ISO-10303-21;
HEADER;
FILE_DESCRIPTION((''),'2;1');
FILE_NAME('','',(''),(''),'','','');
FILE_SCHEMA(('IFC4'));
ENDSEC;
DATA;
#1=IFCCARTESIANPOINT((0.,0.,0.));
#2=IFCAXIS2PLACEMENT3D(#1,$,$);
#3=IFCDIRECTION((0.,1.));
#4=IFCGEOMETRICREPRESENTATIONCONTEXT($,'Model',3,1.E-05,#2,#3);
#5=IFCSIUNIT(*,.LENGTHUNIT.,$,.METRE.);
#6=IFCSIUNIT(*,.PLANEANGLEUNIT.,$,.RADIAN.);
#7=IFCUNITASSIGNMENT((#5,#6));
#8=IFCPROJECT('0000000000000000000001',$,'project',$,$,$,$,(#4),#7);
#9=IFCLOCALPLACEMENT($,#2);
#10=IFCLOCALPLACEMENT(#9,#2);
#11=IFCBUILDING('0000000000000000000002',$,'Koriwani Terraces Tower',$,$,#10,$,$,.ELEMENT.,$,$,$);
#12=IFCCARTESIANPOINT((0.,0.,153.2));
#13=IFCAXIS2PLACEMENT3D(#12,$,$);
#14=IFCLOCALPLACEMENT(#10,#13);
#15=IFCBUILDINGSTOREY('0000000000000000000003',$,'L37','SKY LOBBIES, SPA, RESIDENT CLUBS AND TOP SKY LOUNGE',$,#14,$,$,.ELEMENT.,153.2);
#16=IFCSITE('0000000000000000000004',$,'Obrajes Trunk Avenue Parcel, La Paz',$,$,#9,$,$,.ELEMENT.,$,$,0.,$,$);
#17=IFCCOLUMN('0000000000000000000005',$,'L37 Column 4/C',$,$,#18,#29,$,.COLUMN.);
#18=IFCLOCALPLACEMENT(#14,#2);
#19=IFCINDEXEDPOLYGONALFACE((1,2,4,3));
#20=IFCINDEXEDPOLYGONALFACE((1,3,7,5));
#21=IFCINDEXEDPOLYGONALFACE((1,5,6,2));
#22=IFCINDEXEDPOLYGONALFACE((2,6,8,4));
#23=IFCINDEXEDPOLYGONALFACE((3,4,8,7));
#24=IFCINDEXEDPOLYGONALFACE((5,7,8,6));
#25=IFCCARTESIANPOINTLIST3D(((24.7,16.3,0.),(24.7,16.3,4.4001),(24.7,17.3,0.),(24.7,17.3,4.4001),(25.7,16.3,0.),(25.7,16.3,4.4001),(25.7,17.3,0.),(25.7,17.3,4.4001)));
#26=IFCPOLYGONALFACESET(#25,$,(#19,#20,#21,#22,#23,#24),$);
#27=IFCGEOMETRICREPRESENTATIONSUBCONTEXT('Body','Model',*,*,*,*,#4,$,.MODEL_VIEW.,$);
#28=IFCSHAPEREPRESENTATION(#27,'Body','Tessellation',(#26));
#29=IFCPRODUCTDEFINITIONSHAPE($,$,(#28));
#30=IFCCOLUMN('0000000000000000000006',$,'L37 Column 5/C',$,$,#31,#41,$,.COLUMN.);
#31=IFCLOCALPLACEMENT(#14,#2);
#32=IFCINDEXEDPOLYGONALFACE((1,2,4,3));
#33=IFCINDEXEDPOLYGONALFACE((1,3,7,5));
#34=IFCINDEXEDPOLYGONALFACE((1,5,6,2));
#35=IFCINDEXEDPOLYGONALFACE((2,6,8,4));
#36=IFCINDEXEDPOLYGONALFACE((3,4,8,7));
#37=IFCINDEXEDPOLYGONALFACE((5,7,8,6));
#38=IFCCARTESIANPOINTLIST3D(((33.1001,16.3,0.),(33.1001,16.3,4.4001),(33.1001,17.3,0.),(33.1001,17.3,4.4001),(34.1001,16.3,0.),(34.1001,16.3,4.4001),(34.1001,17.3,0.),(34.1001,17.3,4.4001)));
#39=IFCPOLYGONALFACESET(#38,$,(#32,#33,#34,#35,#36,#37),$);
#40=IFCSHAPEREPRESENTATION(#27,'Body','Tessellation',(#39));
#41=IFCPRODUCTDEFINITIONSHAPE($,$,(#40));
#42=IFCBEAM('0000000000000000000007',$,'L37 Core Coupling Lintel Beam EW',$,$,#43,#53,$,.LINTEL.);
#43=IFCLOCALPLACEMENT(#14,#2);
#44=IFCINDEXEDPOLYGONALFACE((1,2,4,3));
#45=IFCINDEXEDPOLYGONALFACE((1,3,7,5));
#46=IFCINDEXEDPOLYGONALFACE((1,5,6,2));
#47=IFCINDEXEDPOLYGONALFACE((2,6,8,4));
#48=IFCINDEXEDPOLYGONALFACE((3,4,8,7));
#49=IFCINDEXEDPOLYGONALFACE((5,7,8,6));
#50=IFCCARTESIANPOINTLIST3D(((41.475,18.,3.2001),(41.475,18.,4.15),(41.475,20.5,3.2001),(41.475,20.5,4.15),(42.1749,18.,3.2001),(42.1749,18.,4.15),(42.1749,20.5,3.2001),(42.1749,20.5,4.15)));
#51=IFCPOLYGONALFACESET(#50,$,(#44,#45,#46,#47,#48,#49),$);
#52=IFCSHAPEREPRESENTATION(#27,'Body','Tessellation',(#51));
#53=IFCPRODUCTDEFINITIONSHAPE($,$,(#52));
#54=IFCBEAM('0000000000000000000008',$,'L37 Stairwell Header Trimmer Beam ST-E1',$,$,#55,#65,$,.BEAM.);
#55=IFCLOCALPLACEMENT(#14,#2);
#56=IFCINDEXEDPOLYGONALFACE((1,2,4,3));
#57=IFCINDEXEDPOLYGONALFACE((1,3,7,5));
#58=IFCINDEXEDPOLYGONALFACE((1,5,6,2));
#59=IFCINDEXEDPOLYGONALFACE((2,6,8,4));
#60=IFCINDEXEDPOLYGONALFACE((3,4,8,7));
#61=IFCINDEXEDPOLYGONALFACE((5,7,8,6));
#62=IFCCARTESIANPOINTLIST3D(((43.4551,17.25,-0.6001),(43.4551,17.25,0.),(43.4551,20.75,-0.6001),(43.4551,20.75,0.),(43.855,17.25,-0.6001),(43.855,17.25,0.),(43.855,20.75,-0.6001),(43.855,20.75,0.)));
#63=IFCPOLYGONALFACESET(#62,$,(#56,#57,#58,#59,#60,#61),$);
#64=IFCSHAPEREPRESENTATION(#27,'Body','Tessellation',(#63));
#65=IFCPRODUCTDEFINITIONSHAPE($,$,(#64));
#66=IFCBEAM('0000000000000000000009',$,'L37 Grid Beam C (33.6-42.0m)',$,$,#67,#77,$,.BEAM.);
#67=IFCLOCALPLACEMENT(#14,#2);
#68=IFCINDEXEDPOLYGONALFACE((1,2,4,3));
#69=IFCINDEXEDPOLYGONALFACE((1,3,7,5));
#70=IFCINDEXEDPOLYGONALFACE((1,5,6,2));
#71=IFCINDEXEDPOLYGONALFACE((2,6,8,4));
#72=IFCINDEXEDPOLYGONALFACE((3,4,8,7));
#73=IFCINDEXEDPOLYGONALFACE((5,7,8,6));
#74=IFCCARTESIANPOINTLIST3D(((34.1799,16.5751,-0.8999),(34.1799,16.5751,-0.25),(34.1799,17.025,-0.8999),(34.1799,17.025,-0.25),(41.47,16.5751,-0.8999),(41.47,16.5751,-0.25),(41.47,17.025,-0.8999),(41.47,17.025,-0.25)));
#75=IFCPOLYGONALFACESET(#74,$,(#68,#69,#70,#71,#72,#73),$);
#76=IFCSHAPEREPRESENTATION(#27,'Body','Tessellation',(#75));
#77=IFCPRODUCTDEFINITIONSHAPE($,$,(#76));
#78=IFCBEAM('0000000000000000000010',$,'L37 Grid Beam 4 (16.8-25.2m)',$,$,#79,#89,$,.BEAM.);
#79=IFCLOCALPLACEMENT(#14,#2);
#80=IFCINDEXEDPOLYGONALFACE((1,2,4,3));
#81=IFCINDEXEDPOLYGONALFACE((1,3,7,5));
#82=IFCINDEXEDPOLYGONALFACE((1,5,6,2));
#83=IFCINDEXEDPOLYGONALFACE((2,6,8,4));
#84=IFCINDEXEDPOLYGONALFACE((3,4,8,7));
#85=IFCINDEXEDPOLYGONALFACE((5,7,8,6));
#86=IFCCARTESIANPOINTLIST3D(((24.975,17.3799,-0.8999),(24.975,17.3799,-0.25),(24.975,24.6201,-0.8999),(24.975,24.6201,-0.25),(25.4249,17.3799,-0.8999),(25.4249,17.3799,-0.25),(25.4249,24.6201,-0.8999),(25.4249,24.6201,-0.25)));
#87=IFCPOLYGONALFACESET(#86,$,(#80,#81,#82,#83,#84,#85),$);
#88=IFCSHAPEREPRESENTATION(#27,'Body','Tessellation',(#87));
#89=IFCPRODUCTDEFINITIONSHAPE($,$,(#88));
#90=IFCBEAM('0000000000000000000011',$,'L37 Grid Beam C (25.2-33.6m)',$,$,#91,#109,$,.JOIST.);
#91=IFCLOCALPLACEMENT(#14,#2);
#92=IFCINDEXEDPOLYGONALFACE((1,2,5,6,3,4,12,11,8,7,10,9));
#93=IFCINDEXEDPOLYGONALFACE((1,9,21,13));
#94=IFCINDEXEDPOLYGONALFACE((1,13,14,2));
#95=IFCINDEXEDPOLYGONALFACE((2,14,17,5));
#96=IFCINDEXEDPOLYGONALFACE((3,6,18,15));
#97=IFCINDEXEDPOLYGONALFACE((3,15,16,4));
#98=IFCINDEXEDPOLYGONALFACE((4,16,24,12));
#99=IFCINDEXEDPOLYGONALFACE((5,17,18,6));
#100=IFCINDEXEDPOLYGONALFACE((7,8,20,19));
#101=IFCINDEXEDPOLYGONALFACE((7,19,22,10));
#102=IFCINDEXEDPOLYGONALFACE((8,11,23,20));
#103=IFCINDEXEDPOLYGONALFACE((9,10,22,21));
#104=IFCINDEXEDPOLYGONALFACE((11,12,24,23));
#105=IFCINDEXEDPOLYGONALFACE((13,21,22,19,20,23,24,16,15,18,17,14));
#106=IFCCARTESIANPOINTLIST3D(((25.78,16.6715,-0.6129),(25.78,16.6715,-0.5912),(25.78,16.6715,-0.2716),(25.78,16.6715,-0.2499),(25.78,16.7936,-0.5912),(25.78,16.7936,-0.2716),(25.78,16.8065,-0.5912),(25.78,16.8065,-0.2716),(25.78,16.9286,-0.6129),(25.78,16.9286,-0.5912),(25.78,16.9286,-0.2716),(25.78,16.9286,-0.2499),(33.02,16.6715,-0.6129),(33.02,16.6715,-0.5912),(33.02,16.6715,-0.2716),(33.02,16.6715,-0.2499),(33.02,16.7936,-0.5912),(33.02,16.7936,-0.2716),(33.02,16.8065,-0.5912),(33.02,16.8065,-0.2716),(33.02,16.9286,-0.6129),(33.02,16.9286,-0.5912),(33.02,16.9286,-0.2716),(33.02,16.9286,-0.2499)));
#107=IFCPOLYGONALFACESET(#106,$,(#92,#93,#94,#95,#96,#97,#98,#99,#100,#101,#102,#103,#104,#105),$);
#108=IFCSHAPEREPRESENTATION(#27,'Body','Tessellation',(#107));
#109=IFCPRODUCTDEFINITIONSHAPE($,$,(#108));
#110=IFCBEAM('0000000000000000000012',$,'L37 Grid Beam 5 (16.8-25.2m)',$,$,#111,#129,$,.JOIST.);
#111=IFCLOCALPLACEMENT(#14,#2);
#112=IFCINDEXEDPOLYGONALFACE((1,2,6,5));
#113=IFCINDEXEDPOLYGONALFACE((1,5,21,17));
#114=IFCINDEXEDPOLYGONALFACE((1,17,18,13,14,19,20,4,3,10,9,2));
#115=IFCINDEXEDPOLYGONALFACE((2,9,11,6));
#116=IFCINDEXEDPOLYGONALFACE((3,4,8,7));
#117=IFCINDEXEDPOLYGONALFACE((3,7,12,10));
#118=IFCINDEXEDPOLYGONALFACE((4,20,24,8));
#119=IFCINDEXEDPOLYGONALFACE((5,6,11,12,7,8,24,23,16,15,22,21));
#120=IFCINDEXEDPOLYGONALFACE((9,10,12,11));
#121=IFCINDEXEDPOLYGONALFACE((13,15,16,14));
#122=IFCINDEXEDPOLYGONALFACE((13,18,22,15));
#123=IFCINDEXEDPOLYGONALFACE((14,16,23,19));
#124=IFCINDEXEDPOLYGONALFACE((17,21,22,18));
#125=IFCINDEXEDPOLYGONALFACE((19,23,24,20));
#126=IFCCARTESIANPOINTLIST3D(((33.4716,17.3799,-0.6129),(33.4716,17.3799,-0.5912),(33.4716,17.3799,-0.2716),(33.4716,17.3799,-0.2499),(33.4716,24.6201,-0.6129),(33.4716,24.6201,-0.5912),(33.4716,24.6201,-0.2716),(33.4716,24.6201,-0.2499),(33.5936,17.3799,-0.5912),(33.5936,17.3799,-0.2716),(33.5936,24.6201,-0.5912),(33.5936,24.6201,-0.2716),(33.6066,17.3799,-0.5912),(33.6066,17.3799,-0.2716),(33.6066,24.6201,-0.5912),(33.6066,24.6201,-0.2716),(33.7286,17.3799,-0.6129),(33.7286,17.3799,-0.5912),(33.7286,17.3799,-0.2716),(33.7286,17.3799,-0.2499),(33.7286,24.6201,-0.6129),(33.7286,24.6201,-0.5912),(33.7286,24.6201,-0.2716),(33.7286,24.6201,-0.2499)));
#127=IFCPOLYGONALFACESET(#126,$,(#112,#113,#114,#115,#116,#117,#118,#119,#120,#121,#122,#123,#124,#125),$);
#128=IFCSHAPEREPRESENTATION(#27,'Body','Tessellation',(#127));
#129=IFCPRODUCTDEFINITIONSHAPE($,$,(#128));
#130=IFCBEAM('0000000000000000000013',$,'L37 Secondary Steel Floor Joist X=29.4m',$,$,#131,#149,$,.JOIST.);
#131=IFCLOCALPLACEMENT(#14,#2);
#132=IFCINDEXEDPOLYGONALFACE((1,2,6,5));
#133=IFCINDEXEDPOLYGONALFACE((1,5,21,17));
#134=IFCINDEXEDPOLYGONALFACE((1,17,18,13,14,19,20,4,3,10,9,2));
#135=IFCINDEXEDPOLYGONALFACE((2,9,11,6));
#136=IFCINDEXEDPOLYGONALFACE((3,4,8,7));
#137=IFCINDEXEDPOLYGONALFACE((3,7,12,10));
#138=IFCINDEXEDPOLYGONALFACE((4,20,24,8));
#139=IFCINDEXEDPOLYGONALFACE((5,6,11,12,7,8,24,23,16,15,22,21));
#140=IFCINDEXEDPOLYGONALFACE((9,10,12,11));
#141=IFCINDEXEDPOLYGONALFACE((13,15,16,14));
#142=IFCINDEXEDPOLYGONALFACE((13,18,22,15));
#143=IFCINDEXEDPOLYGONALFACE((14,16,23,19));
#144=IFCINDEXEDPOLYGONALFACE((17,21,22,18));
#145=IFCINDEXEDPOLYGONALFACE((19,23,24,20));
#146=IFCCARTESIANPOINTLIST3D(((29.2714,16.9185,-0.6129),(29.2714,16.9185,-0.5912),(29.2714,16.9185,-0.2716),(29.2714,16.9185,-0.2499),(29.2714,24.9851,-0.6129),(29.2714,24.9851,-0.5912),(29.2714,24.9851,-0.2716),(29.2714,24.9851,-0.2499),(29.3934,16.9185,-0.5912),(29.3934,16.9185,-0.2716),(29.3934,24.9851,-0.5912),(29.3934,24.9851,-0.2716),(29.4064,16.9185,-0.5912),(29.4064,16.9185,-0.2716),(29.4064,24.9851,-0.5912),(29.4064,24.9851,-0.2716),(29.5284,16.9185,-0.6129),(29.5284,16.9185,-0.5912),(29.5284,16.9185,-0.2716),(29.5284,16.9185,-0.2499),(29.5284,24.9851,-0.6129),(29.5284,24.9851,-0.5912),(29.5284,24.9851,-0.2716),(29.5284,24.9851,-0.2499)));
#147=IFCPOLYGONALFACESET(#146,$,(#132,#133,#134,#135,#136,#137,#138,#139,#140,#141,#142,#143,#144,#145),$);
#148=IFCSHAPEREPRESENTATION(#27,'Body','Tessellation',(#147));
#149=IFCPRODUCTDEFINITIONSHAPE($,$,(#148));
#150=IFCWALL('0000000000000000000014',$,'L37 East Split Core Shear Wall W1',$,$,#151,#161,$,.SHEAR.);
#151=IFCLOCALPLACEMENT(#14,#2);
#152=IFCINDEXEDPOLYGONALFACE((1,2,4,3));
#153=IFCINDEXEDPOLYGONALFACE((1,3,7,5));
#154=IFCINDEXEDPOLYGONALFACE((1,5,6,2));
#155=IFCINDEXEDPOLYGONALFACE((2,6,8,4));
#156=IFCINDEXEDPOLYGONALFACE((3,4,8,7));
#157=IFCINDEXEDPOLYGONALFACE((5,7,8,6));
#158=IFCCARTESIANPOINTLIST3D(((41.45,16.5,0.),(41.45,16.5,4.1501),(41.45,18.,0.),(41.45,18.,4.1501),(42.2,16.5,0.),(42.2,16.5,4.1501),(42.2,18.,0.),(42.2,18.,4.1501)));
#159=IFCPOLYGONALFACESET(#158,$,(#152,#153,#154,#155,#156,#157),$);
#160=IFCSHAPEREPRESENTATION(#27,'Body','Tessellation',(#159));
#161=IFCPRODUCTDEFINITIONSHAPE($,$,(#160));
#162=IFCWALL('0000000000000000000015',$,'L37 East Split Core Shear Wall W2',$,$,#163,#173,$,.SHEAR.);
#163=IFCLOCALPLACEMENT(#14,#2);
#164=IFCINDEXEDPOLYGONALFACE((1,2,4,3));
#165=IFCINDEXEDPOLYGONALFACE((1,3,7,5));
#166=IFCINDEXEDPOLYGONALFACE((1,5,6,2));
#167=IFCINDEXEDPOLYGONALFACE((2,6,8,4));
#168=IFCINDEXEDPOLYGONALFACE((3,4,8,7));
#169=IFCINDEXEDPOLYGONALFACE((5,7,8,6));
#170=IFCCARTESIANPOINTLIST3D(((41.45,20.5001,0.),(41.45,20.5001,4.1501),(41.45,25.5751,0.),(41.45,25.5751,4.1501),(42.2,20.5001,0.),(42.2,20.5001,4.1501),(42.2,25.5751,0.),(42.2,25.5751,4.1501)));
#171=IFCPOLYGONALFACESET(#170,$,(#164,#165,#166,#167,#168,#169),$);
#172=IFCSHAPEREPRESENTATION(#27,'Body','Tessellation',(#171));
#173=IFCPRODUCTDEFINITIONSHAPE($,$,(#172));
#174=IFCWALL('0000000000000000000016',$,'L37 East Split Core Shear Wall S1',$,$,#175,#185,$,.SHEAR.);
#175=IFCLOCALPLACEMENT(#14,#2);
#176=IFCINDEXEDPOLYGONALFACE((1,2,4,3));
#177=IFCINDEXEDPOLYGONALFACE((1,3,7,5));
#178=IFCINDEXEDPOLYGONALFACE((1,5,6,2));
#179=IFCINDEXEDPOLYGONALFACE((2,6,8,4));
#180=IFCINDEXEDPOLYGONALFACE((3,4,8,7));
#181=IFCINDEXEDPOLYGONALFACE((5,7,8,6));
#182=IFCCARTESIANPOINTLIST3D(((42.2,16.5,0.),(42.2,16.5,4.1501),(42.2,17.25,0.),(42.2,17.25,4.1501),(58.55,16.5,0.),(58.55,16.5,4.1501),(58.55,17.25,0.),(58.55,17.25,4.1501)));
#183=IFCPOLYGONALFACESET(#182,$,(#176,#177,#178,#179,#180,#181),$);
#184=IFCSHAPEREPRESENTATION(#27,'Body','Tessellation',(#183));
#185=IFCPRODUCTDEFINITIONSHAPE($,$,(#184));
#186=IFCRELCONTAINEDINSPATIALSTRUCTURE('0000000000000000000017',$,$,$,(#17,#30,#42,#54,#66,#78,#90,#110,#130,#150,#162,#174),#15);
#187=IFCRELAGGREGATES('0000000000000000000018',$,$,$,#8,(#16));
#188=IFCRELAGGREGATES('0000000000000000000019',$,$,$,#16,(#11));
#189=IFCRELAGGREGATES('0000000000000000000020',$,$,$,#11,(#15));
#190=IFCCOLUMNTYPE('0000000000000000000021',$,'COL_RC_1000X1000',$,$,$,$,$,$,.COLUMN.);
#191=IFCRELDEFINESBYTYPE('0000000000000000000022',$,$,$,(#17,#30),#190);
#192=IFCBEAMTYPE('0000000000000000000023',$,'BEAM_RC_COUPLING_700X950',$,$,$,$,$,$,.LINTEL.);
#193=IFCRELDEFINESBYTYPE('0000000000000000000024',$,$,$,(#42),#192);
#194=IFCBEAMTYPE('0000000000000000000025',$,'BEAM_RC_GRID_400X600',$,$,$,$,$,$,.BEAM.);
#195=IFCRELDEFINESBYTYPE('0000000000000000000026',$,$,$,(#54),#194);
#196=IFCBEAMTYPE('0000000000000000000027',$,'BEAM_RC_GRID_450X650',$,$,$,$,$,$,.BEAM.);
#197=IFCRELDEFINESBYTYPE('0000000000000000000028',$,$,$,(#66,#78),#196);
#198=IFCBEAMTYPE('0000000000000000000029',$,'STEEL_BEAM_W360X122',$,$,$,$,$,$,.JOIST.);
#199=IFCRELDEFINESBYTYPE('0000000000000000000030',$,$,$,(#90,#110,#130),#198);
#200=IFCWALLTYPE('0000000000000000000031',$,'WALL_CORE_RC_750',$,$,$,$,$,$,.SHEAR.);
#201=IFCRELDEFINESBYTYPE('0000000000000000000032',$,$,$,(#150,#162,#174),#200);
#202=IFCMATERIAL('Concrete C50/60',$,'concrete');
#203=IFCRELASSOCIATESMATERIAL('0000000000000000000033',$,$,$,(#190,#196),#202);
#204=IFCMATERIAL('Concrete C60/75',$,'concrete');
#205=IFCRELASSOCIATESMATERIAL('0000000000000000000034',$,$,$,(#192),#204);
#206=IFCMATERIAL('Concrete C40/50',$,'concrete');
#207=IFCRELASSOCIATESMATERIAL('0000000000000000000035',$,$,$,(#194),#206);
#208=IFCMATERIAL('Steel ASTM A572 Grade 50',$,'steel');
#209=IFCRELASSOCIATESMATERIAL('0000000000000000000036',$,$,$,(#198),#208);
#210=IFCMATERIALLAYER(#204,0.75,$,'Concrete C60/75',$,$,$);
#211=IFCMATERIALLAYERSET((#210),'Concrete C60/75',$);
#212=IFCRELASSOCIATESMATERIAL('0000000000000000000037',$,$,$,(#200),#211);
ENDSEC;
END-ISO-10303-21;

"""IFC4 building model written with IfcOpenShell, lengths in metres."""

from ifc_helpers import new_model, si_unit, direction, frame, frame_2d, origin, origin_2d, place, context, subcontext, project, spatial, rectangle, i_section, extrude, material, layer, layer_set, material_profile, profile_set, type_object, element, save


model = new_model("IFC4")

# Units and contexts
model_context = context("Model", 3, precision=1e-05, world=origin(), true_north=direction((0.0, 1.0)))
body_context = subcontext(model_context, "Body", "Model", "MODEL_VIEW")
ifc_project = project(units=[si_unit("LENGTHUNIT", "METRE"), si_unit("PLANEANGLEUNIT", "RADIAN")], contexts=[model_context])

# Site, building, storey
site_placement = place(None, origin())
site = spatial("IfcSite", under=ifc_project, at=site_placement, Name="Obrajes Trunk Avenue Parcel, La Paz", CompositionType="ELEMENT", RefElevation=0.0)
building_placement = place(site_placement, origin())
building = spatial("IfcBuilding", under=site, at=building_placement, Name="Koriwani Terraces Tower", CompositionType="ELEMENT")
storey_placement = place(building_placement, frame((0.0, 0.0, 153.2)))
storey = spatial("IfcBuildingStorey", under=building, at=storey_placement, Name="L37", Description="SKY LOBBIES, SPA, RESIDENT CLUBS AND TOP SKY LOUNGE", CompositionType="ELEMENT", Elevation=153.2)

# Columns
ifc_material_1 = material(Name="Concrete C50/60", Category="concrete")
ifc_material_profile_1 = material_profile(ifc_material_1, rectangle(XDim=1.0, YDim=1.0, at=origin_2d()), Name="Concrete C50/60", Category="LoadBearing")
ifc_profile_set_1 = profile_set([ifc_material_profile_1], Name="Concrete C50/60")
column_type = type_object("IfcColumnType", Name="COL_RC_1000X1000", PredefinedType="COLUMN", material=ifc_profile_set_1)
for number, where, z_axis, x_axis, name in (
    (1, (25.2, 16.8, 0.0), (0.0, 0.0, 1.0), (1.0, 0.0, 0.0), "L37 Column 4/C"),
    (2, (33.6001, 16.8, 0.0), (0.0, 0.0, 1.0), (1.0, 0.0, 0.0), "L37 Column 5/C"),
):
    element("IfcColumn", number, at=place(storey_placement, frame(where, z_axis=z_axis, x_axis=x_axis)), inside=storey, type_object=column_type, Name=name, PredefinedType="COLUMN", context=body_context, shape_type="SweptSolid", body=[
        extrude(rectangle(XDim=1.0, YDim=1.0, at=origin_2d()), origin(), (0.0, 0.0, 1.0), 4.4001),
    ])

# Beams
ifc_material_2 = material(Name="Concrete C60/75", Category="concrete")
ifc_material_profile_2 = material_profile(ifc_material_2, rectangle(XDim=0.7, YDim=0.95, at=origin_2d()), Name="Concrete C60/75", Category="LoadBearing")
ifc_profile_set_2 = profile_set([ifc_material_profile_2], Name="Concrete C60/75")
beam_type_1 = type_object("IfcBeamType", Name="BEAM_RC_COUPLING_700X950", PredefinedType="LINTEL", material=ifc_profile_set_2)
beam_1_placement = place(storey_placement, frame((41.825, 18.0, 3.675), z_axis=(0.0, 1.0, 0.0), x_axis=(-1.0, 0.0, 0.0)))
element("IfcBeam", 3, at=beam_1_placement, inside=storey, type_object=beam_type_1, Name="L37 Core Coupling Lintel Beam EW", PredefinedType="LINTEL", context=body_context, shape_type="SweptSolid", body=[
    extrude(rectangle(XDim=0.7, YDim=0.95, at=origin_2d()), origin(), (0.0, 0.0, 1.0), 2.5),
])
ifc_material_3 = material(Name="Concrete C40/50", Category="concrete")
ifc_material_profile_3 = material_profile(ifc_material_3, rectangle(XDim=0.3999, YDim=0.6001, at=origin_2d()), Name="Concrete C40/50", Category="LoadBearing")
ifc_profile_set_3 = profile_set([ifc_material_profile_3], Name="Concrete C40/50")
beam_type_2 = type_object("IfcBeamType", Name="BEAM_RC_GRID_400X600", PredefinedType="BEAM", material=ifc_profile_set_3)
beam_2_placement = place(storey_placement, frame((43.655, 17.25, -0.3), z_axis=(0.0, 1.0, 0.0), x_axis=(-1.0, 0.0, 0.0)))
element("IfcBeam", 4, at=beam_2_placement, inside=storey, type_object=beam_type_2, Name="L37 Stairwell Header Trimmer Beam ST-E1", PredefinedType="BEAM", context=body_context, shape_type="SweptSolid", body=[
    extrude(rectangle(XDim=0.3999, YDim=0.6001, at=origin_2d()), origin(), (0.0, 0.0, 1.0), 3.5),
])
ifc_material_profile_4 = material_profile(ifc_material_1, rectangle(XDim=0.45, YDim=0.6499, at=origin_2d()), Name="Concrete C50/60", Category="LoadBearing")
ifc_profile_set_4 = profile_set([ifc_material_profile_4], Name="Concrete C50/60")
beam_type_3 = type_object("IfcBeamType", Name="BEAM_RC_GRID_450X650", PredefinedType="BEAM", material=ifc_profile_set_4)
beam_3_placement = place(storey_placement, frame((34.1799, 16.8, -0.575), z_axis=(1.0, 0.0, 0.0), x_axis=(0.0, 1.0, 0.0)))
element("IfcBeam", 5, at=beam_3_placement, inside=storey, type_object=beam_type_3, Name="L37 Grid Beam C (33.6-42.0m)", PredefinedType="BEAM", context=body_context, shape_type="SweptSolid", body=[
    extrude(rectangle(XDim=0.45, YDim=0.6499, at=origin_2d()), origin(), (0.0, 0.0, 1.0), 7.29),
])
beam_4_placement = place(storey_placement, frame((25.2, 17.3799, -0.575), z_axis=(0.0, 1.0, 0.0), x_axis=(-1.0, 0.0, 0.0)))
element("IfcBeam", 6, at=beam_4_placement, inside=storey, type_object=beam_type_3, Name="L37 Grid Beam 4 (16.8-25.2m)", PredefinedType="BEAM", context=body_context, shape_type="SweptSolid", body=[
    extrude(rectangle(XDim=0.45, YDim=0.6499, at=origin_2d()), origin(), (0.0, 0.0, 1.0), 7.2402),
])
ifc_material_4 = material(Name="Steel ASTM A572 Grade 50", Category="steel")
ifc_material_profile_5 = material_profile(ifc_material_4, i_section(OverallWidth=0.2571, OverallDepth=0.363, WebThickness=0.0129, FlangeThickness=0.0217, at=origin_2d()), Name="Steel ASTM A572 Grade 50", Category="LoadBearing")
ifc_profile_set_5 = profile_set([ifc_material_profile_5], Name="Steel ASTM A572 Grade 50")
beam_type_4 = type_object("IfcBeamType", Name="STEEL_BEAM_W360X122", PredefinedType="JOIST", material=ifc_profile_set_5)
beam_5_placement = place(storey_placement, frame((25.78, 16.8, -0.4314), z_axis=(1.0, 0.0, 0.0), x_axis=(0.0, 1.0, 0.0)))
element("IfcBeam", 7, at=beam_5_placement, inside=storey, type_object=beam_type_4, Name="L37 Grid Beam C (25.2-33.6m)", PredefinedType="JOIST", context=body_context, shape_type="SweptSolid", body=[
    extrude(i_section(OverallWidth=0.2571, OverallDepth=0.363, WebThickness=0.0129, FlangeThickness=0.0217, at=origin_2d()), origin(), (0.0, 0.0, 1.0), 7.24),
])
beam_6_placement = place(storey_placement, frame((33.6001, 17.3799, -0.4314), z_axis=(0.0, 1.0, 0.0), x_axis=(-1.0, 0.0, 0.0)))
element("IfcBeam", 8, at=beam_6_placement, inside=storey, type_object=beam_type_4, Name="L37 Grid Beam 5 (16.8-25.2m)", PredefinedType="JOIST", context=body_context, shape_type="SweptSolid", body=[
    extrude(i_section(OverallWidth=0.2571, OverallDepth=0.363, WebThickness=0.0129, FlangeThickness=0.0217, at=origin_2d()), origin(), (0.0, 0.0, 1.0), 7.2402),
])
beam_7_placement = place(storey_placement, frame((29.3999, 16.9185, -0.4314), z_axis=(0.0, 1.0, 0.0), x_axis=(-1.0, 0.0, 0.0)))
element("IfcBeam", 9, at=beam_7_placement, inside=storey, type_object=beam_type_4, Name="L37 Secondary Steel Floor Joist X=29.4m", PredefinedType="JOIST", context=body_context, shape_type="SweptSolid", body=[
    extrude(i_section(OverallWidth=0.2571, OverallDepth=0.363, WebThickness=0.0129, FlangeThickness=0.0217, at=origin_2d()), origin(), (0.0, 0.0, 1.0), 8.0667),
])

# Walls
ifc_layer_1 = layer(ifc_material_2, 0.75, Name="Concrete C60/75")
ifc_layer_set_1 = layer_set([ifc_layer_1], Name="Concrete C60/75")
wall_type_1 = type_object("IfcWallType", Name="WALL_CORE_RC_750", PredefinedType="SHEAR", material=ifc_layer_set_1)
wall_1_placement = place(storey_placement, frame((41.825, 16.5, 0.0), z_axis=(0.0, 0.0, 1.0), x_axis=(0.0, 1.0, 0.0)))
element("IfcWall", 10, at=wall_1_placement, inside=storey, type_object=wall_type_1, Name="L37 East Split Core Shear Wall W1", PredefinedType="SHEAR", context=body_context, shape_type="SweptSolid", body=[
    extrude(rectangle(XDim=1.5, YDim=0.75, at=frame_2d((0.75, 0.0))), origin(), (0.0, 0.0, 1.0), 4.1501),
])
wall_2_placement = place(storey_placement, frame((41.825, 20.5, 0.0), z_axis=(0.0, 0.0, 1.0), x_axis=(0.0, 1.0, 0.0)))
element("IfcWall", 11, at=wall_2_placement, inside=storey, type_object=wall_type_1, Name="L37 East Split Core Shear Wall W2", PredefinedType="SHEAR", context=body_context, shape_type="SweptSolid", body=[
    extrude(rectangle(XDim=5.075, YDim=0.75, at=frame_2d((2.5376, 0.0))), origin(), (0.0, 0.0, 1.0), 4.1501),
])
wall_3_placement = place(storey_placement, frame((42.2, 16.875, 0.0), z_axis=(0.0, 0.0, 1.0), x_axis=(1.0, 0.0, 0.0)))
element("IfcWall", 12, at=wall_3_placement, inside=storey, type_object=wall_type_1, Name="L37 East Split Core Shear Wall S1", PredefinedType="SHEAR", context=body_context, shape_type="SweptSolid", body=[
    extrude(rectangle(XDim=16.3501, YDim=0.75, at=frame_2d((8.175, 0.0))), origin(), (0.0, 0.0, 1.0), 4.1501),
])

save(model, "model.ifc")
